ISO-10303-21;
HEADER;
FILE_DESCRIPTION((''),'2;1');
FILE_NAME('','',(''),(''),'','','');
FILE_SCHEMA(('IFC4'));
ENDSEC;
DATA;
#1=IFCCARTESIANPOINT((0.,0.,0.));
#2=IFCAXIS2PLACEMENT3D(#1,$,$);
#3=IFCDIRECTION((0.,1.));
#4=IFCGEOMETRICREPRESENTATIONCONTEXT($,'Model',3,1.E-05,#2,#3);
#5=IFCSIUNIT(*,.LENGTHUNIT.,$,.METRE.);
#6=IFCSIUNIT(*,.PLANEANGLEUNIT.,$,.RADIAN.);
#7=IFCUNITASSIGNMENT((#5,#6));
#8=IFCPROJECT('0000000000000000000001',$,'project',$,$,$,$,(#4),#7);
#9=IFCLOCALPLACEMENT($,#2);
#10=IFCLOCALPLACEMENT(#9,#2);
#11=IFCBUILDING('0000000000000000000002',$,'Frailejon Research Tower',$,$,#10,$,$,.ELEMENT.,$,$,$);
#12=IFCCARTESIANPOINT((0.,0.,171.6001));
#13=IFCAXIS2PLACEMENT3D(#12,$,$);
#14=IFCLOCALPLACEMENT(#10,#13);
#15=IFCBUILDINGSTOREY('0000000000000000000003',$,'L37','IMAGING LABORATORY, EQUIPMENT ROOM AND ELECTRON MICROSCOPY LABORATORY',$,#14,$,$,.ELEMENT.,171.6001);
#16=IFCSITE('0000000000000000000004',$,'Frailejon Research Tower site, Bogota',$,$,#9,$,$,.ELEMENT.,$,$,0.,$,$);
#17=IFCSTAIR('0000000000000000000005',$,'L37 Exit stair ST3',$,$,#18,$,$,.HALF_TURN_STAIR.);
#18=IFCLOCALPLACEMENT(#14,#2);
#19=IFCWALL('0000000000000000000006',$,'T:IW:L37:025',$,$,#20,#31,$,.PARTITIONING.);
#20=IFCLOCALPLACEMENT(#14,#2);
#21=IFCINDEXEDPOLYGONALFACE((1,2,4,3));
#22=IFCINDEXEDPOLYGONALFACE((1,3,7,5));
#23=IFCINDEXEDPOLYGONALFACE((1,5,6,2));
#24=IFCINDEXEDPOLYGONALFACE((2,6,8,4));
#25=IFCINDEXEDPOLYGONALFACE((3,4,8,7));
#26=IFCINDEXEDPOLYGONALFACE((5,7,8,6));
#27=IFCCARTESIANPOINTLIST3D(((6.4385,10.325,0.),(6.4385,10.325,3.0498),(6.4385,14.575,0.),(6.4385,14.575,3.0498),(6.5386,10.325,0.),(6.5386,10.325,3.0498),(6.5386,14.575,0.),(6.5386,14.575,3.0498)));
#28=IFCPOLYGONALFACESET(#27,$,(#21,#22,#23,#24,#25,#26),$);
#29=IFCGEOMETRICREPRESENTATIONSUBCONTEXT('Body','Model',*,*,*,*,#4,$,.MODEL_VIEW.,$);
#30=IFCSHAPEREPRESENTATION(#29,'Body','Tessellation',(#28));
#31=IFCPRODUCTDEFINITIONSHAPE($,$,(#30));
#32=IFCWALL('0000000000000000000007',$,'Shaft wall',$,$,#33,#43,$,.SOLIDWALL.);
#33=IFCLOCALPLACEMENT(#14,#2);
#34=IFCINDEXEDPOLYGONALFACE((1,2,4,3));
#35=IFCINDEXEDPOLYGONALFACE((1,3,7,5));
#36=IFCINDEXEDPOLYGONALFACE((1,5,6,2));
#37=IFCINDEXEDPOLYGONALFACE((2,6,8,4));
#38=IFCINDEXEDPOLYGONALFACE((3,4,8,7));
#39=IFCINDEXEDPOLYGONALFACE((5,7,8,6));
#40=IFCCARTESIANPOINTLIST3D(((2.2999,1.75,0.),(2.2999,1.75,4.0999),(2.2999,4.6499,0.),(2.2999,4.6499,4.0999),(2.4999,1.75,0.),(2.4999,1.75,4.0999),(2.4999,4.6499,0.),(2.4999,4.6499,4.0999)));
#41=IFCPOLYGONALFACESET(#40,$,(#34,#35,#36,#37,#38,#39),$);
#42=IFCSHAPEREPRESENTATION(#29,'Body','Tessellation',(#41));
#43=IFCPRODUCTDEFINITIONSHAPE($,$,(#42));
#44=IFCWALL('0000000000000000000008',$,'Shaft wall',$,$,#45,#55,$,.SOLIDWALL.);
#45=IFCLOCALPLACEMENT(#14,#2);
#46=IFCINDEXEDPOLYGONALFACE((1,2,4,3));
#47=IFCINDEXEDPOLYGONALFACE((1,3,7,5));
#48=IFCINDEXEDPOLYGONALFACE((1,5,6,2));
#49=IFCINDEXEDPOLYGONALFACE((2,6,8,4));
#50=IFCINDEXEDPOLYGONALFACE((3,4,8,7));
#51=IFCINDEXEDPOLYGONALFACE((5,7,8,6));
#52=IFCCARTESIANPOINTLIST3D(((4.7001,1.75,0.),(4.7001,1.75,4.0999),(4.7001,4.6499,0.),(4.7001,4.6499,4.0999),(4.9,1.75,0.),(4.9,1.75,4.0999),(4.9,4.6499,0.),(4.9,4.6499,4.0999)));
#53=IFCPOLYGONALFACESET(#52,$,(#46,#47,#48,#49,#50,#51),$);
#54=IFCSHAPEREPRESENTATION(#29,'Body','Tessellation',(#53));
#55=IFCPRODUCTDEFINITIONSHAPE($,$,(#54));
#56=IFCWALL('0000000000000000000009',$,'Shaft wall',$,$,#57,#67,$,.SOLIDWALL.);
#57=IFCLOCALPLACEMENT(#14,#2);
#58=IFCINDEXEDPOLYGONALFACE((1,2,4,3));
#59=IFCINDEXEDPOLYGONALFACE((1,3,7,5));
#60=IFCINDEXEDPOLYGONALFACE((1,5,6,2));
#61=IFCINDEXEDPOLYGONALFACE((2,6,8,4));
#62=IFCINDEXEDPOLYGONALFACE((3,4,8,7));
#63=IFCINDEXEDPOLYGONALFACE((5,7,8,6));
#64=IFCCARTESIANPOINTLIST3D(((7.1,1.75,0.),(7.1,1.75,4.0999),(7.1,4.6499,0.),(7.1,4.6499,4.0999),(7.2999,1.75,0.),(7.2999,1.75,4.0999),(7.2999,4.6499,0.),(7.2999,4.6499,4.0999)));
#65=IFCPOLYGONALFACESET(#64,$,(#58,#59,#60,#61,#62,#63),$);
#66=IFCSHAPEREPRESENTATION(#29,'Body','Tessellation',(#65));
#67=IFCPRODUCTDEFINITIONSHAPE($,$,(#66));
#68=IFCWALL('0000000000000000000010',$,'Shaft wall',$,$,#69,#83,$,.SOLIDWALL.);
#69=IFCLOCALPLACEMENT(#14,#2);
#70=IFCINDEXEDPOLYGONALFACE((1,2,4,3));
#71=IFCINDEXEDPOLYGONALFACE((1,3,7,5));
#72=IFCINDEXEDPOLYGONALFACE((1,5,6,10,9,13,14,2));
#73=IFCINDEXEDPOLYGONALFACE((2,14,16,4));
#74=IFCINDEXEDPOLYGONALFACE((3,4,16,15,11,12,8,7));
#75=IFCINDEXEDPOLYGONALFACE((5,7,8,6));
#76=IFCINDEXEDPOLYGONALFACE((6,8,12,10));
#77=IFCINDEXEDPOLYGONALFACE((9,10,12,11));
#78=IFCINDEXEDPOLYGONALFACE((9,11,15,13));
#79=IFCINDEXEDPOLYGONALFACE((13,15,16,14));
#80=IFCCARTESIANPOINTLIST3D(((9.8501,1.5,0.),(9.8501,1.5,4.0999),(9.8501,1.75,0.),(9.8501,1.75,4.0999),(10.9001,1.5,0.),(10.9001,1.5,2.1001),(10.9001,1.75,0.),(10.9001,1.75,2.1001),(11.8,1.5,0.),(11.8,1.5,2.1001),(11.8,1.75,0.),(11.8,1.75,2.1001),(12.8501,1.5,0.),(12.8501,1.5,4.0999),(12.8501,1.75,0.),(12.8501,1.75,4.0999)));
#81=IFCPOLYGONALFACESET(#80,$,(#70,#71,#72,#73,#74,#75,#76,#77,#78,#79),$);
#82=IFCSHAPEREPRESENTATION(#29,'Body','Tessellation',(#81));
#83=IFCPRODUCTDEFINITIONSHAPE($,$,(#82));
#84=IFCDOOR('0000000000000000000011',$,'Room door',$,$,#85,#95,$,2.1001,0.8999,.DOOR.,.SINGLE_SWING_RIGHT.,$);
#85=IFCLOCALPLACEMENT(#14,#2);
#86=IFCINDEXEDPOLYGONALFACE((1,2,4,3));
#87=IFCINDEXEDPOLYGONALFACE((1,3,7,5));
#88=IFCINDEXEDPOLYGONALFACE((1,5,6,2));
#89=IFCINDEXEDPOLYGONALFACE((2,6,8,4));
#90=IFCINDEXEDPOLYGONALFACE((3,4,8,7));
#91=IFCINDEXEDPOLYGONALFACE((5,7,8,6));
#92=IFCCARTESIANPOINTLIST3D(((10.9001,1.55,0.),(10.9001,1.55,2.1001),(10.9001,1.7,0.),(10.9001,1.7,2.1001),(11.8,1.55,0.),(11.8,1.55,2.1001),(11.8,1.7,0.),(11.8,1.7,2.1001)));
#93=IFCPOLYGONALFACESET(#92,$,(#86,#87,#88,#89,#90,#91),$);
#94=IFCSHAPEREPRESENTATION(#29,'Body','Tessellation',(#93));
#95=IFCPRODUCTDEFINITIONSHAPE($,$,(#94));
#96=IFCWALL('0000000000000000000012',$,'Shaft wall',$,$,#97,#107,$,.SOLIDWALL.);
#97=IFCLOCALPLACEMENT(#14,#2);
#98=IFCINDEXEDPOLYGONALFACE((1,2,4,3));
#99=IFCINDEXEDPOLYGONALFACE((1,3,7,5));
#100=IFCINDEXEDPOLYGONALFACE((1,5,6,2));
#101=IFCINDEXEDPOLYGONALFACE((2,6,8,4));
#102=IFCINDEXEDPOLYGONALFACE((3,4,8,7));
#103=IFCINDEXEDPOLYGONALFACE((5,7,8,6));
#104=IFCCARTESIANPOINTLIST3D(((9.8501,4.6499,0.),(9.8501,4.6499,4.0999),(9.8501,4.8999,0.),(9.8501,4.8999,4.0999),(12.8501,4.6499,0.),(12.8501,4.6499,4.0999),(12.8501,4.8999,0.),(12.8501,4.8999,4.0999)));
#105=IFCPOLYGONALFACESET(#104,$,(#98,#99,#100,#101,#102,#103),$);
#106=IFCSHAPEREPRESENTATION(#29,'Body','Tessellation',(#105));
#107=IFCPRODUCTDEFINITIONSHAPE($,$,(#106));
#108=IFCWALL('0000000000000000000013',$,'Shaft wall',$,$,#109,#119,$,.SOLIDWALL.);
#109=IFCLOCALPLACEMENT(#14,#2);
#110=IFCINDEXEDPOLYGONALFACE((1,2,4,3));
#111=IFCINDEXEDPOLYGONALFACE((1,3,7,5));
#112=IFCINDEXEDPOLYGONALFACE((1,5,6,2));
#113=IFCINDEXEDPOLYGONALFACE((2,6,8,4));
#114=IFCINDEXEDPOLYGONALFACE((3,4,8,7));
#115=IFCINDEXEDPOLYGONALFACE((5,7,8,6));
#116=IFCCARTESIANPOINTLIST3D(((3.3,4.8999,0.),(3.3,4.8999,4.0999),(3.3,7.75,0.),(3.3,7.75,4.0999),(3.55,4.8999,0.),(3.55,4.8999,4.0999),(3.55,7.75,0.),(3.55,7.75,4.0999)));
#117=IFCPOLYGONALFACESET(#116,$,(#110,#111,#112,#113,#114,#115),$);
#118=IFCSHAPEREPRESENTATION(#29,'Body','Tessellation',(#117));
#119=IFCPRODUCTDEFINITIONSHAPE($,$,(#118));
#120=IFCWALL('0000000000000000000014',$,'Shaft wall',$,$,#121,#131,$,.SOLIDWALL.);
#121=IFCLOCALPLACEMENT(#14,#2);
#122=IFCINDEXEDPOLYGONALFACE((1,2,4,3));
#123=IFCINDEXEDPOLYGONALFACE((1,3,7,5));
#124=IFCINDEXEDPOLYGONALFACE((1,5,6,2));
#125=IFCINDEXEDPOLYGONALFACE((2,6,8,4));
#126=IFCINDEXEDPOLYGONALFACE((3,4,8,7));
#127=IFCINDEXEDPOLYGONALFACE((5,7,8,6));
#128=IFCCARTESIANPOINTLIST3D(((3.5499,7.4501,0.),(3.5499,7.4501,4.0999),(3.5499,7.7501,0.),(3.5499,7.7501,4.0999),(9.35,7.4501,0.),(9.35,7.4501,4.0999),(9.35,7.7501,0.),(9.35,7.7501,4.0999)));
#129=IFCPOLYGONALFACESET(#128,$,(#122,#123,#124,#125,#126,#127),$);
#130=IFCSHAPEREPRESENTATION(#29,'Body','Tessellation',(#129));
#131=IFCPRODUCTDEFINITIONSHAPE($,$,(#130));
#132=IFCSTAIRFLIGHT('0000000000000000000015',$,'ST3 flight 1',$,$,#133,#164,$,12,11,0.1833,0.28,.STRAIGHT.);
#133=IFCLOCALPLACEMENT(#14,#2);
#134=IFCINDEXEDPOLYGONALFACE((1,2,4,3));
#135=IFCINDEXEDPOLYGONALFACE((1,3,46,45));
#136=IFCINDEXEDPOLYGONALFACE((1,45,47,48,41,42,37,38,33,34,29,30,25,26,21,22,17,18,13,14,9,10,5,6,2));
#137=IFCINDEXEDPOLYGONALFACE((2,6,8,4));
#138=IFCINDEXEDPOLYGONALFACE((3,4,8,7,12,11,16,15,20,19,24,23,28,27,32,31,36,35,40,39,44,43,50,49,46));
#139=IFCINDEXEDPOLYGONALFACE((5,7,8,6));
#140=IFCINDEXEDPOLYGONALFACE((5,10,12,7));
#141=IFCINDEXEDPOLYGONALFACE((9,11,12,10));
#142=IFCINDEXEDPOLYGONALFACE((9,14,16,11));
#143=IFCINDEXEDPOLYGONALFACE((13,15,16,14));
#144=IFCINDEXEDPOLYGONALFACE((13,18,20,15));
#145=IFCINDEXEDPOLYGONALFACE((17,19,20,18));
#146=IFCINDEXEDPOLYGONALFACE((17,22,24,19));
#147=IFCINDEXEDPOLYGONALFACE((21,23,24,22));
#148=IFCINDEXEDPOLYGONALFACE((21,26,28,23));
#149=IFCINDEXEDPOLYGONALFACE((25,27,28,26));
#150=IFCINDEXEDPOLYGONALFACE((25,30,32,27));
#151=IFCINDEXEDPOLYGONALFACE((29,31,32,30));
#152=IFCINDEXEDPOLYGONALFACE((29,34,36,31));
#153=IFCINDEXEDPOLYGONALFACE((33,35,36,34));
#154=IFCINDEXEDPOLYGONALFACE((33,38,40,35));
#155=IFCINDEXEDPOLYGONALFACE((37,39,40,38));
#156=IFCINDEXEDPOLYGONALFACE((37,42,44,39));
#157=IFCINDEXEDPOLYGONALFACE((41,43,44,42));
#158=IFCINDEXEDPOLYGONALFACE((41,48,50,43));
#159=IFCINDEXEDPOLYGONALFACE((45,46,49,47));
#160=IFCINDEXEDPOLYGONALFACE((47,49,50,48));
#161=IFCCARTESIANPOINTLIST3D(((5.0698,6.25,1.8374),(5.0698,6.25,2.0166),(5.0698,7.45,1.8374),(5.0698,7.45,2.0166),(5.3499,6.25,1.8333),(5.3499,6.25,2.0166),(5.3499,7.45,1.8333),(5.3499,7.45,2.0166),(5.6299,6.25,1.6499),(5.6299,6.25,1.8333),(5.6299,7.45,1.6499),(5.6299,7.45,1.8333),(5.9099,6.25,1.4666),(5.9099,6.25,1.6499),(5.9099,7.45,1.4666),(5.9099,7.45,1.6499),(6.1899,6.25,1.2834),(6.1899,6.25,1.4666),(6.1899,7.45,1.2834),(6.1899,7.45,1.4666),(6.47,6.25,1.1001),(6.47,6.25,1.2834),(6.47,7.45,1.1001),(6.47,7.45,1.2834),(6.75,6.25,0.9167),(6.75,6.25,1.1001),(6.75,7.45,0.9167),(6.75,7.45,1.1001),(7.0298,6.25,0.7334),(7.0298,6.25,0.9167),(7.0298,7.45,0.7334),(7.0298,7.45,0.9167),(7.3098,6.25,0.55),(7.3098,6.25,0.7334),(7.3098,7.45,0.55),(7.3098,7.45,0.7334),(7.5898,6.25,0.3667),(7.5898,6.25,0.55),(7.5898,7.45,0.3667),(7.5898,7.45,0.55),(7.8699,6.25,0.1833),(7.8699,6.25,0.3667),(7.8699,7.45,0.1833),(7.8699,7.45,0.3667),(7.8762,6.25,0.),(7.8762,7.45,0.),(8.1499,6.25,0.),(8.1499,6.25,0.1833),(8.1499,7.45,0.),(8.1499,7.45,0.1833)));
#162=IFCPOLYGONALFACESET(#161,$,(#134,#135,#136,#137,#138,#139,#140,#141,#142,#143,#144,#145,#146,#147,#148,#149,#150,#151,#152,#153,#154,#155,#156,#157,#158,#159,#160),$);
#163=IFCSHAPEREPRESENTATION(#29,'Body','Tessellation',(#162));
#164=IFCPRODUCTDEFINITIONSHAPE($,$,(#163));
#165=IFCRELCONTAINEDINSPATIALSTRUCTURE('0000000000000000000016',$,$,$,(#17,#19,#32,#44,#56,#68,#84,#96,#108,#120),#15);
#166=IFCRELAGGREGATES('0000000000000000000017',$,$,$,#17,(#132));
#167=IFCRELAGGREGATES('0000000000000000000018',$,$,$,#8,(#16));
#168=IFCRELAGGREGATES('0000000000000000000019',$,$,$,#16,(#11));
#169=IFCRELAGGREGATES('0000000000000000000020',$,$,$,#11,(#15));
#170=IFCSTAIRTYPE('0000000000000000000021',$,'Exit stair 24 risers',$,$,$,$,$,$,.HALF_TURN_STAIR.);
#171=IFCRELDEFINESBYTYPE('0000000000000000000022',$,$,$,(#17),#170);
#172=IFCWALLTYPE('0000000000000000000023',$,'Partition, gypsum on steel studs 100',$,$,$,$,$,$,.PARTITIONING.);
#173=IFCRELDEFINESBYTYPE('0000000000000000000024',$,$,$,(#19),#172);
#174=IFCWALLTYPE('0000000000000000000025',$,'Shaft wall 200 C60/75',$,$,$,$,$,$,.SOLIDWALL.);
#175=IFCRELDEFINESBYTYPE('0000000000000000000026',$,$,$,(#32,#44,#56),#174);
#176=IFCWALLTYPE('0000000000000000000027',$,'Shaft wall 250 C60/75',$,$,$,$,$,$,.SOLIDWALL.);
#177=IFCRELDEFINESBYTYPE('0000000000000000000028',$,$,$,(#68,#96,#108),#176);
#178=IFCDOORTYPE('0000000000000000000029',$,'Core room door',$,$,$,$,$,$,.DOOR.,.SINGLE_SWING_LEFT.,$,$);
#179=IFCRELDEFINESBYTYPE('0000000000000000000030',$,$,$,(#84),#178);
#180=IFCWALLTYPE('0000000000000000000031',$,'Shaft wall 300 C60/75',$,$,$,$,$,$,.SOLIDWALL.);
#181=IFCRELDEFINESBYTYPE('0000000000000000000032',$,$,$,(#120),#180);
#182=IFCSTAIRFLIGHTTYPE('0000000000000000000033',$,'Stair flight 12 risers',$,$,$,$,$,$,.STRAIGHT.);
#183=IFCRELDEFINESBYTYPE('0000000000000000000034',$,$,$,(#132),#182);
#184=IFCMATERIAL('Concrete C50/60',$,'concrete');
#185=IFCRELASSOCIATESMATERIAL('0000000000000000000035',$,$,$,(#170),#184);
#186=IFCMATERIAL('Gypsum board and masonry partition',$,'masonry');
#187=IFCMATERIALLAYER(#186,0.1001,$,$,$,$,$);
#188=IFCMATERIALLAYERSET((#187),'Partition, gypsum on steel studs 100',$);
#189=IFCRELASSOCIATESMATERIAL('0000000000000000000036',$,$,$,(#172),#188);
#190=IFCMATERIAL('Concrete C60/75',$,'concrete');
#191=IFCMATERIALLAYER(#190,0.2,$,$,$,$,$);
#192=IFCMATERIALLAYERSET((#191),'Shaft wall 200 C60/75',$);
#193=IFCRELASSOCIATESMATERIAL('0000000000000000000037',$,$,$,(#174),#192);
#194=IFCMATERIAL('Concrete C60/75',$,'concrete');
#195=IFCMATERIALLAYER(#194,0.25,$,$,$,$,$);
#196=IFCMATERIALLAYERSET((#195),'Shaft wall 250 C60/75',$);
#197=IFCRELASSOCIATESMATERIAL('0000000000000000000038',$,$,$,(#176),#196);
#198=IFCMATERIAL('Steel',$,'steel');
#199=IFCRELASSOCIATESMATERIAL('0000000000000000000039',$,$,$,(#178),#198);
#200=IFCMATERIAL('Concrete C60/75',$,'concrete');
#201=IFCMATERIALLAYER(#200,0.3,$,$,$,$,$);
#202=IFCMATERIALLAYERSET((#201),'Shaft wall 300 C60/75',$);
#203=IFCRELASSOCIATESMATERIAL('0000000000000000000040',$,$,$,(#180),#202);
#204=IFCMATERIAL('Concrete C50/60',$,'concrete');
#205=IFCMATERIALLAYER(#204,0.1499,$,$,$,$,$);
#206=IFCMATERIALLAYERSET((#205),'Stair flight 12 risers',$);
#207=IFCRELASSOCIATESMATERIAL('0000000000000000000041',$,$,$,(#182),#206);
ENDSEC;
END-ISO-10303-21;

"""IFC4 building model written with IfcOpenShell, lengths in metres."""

from ifc_helpers import new_model, si_unit, direction, frame, frame_2d, origin, place, context, subcontext, project, spatial, polyline, rectangle, outline, extrude, material, layer, layer_set, type_object, element, fill, aggregate, save


model = new_model("IFC4")

# Units and contexts
model_context = context("Model", 3, precision=1e-05, world=origin(), true_north=direction((0.0, 1.0)))
body_context = subcontext(model_context, "Body", "Model", "MODEL_VIEW")
ifc_project = project(units=[si_unit("LENGTHUNIT", "METRE"), si_unit("PLANEANGLEUNIT", "RADIAN")], contexts=[model_context])

# Site, building, storey
site_placement = place(None, origin())
site = spatial("IfcSite", under=ifc_project, at=site_placement, Name="Frailejon Research Tower site, Bogota", CompositionType="ELEMENT", RefElevation=0.0)
building_placement = place(site_placement, origin())
building = spatial("IfcBuilding", under=site, at=building_placement, Name="Frailejon Research Tower", CompositionType="ELEMENT")
storey_placement = place(building_placement, frame((0.0, 0.0, 171.6001)))
storey = spatial("IfcBuildingStorey", under=building, at=storey_placement, Name="L37", Description="IMAGING LABORATORY, EQUIPMENT ROOM AND ELECTRON MICROSCOPY LABORATORY", CompositionType="ELEMENT", Elevation=171.6001)

# Stair
ifc_material_1 = material(Name="Concrete C50/60", Category="concrete")
stair_type = type_object("IfcStairType", Name="Exit stair 24 risers", PredefinedType="HALF_TURN_STAIR", material=ifc_material_1)
stair_1_placement = place(storey_placement, origin())
stair_1 = element("IfcStair", 1, at=stair_1_placement, inside=storey, type_object=stair_type, Name="L37 Exit stair ST3", PredefinedType="HALF_TURN_STAIR")

# Walls
ifc_material_2 = material(Name="Gypsum board and masonry partition", Category="masonry")
ifc_layer_1 = layer(ifc_material_2, 0.1001)
ifc_layer_set_1 = layer_set([ifc_layer_1], Name="Partition, gypsum on steel studs 100")
wall_type_1 = type_object("IfcWallType", Name="Partition, gypsum on steel studs 100", PredefinedType="PARTITIONING", material=ifc_layer_set_1)
wall_1_placement = place(storey_placement, frame((6.4885, 10.325, 0.0), z_axis=(0.0, 0.0, 1.0), x_axis=(0.0, 1.0, 0.0)))
element("IfcWall", 2, at=wall_1_placement, inside=storey, type_object=wall_type_1, Name="T:IW:L37:025", PredefinedType="PARTITIONING", context=body_context, shape_type="SweptSolid", body=[
    extrude(rectangle(XDim=4.25, YDim=0.1001, at=frame_2d((2.125, 0.0))), origin(), (0.0, 0.0, 1.0), 3.0498),
])
ifc_material_3 = material(Name="Concrete C60/75", Category="concrete")
ifc_layer_2 = layer(ifc_material_3, 0.2)
ifc_layer_set_2 = layer_set([ifc_layer_2], Name="Shaft wall 200 C60/75")
wall_type_2 = type_object("IfcWallType", Name="Shaft wall 200 C60/75", PredefinedType="SOLIDWALL", material=ifc_layer_set_2)
for number, where, z_axis, x_axis, name in (
    (3, (2.3999, 1.75, 0.0), (0.0, 0.0, 1.0), (0.0, 1.0, 0.0), "Shaft wall"),
    (4, (4.8, 1.75, 0.0), (0.0, 0.0, 1.0), (0.0, 1.0, 0.0), "Shaft wall"),
    (5, (7.2, 1.75, 0.0), (0.0, 0.0, 1.0), (0.0, 1.0, 0.0), "Shaft wall"),
):
    element("IfcWall", number, at=place(storey_placement, frame(where, z_axis=z_axis, x_axis=x_axis)), inside=storey, type_object=wall_type_2, Name=name, PredefinedType="SOLIDWALL", context=body_context, shape_type="SweptSolid", body=[
        extrude(rectangle(XDim=2.8999, YDim=0.2, at=frame_2d((1.45, 0.0))), origin(), (0.0, 0.0, 1.0), 4.0999),
    ])

# Wall, opening, door
ifc_material_4 = material(Name="Concrete C60/75", Category="concrete")
ifc_layer_3 = layer(ifc_material_4, 0.25)
ifc_layer_set_3 = layer_set([ifc_layer_3], Name="Shaft wall 250 C60/75")
wall_type_3 = type_object("IfcWallType", Name="Shaft wall 250 C60/75", PredefinedType="SOLIDWALL", material=ifc_layer_set_3)
wall_2_placement = place(storey_placement, frame((9.8501, 1.625, 0.0), z_axis=(0.0, 0.0, 1.0), x_axis=(1.0, 0.0, 0.0)))
wall_2 = element("IfcWall", 6, at=wall_2_placement, inside=storey, type_object=wall_type_3, Name="Shaft wall", PredefinedType="SOLIDWALL", context=body_context, shape_type="SweptSolid", body=[
    extrude(rectangle(XDim=3.0, YDim=0.25, at=frame_2d((1.5, 0.0))), origin(), (0.0, 0.0, 1.0), 4.0999),
])
opening_1_placement = place(wall_2_placement, frame((1.05, 0.0, 0.0)))
opening_1 = element("IfcOpeningElement", 7, at=opening_1_placement, cuts=wall_2, PredefinedType="OPENING", context=body_context, shape_type="SweptSolid", body=[
    extrude(rectangle(XDim=0.8999, YDim=2.1001, at=frame_2d((0.45, 1.05))), frame((0.0, 0.135, 0.0), z_axis=(0.0, -1.0, 0.0), x_axis=(1.0, 0.0, 0.0)), (0.0, 0.0, 1.0), 0.27),
])
ifc_material_5 = material(Name="Steel", Category="steel")
door_type_1 = type_object("IfcDoorType", Name="Core room door", OperationType="SINGLE_SWING_LEFT", PredefinedType="DOOR", material=ifc_material_5)
door_1_placement = place(opening_1_placement, origin())
door_1 = element("IfcDoor", 8, at=door_1_placement, inside=storey, type_object=door_type_1, Name="Room door", OperationType="SINGLE_SWING_RIGHT", OverallHeight=2.1001, OverallWidth=0.8999, PredefinedType="DOOR", context=body_context, shape_type="SweptSolid", body=[
    extrude(rectangle(XDim=0.8999, YDim=2.1001, at=frame_2d((0.45, 1.05))), frame((0.0, 0.075, 0.0), z_axis=(0.0, -1.0, 0.0), x_axis=(1.0, 0.0, 0.0)), (0.0, 0.0, 1.0), 0.1499),
])
fill(opening_1, door_1)

# Walls
wall_3_placement = place(storey_placement, frame((9.8501, 4.7749, 0.0), z_axis=(0.0, 0.0, 1.0), x_axis=(1.0, 0.0, 0.0)))
element("IfcWall", 9, at=wall_3_placement, inside=storey, type_object=wall_type_3, Name="Shaft wall", PredefinedType="SOLIDWALL", context=body_context, shape_type="SweptSolid", body=[
    extrude(rectangle(XDim=3.0, YDim=0.25, at=frame_2d((1.5, 0.0))), origin(), (0.0, 0.0, 1.0), 4.0999),
])
wall_4_placement = place(storey_placement, frame((3.425, 4.8999, 0.0), z_axis=(0.0, 0.0, 1.0), x_axis=(0.0, 1.0, 0.0)))
element("IfcWall", 10, at=wall_4_placement, inside=storey, type_object=wall_type_3, Name="Shaft wall", PredefinedType="SOLIDWALL", context=body_context, shape_type="SweptSolid", body=[
    extrude(rectangle(XDim=2.8501, YDim=0.25, at=frame_2d((1.425, 0.0))), origin(), (0.0, 0.0, 1.0), 4.0999),
])
ifc_material_6 = material(Name="Concrete C60/75", Category="concrete")
ifc_layer_4 = layer(ifc_material_6, 0.3)
ifc_layer_set_4 = layer_set([ifc_layer_4], Name="Shaft wall 300 C60/75")
wall_type_4 = type_object("IfcWallType", Name="Shaft wall 300 C60/75", PredefinedType="SOLIDWALL", material=ifc_layer_set_4)
wall_5_placement = place(storey_placement, frame((3.55, 7.6001, 0.0), z_axis=(0.0, 0.0, 1.0), x_axis=(1.0, 0.0, 0.0)))
element("IfcWall", 11, at=wall_5_placement, inside=storey, type_object=wall_type_4, Name="Shaft wall", PredefinedType="SOLIDWALL", context=body_context, shape_type="SweptSolid", body=[
    extrude(rectangle(XDim=5.8, YDim=0.3, at=frame_2d((2.8999, 0.0))), origin(), (0.0, 0.0, 1.0), 4.0999),
])

# Stair flight
ifc_material_7 = material(Name="Concrete C50/60", Category="concrete")
ifc_layer_5 = layer(ifc_material_7, 0.1499)
ifc_layer_set_5 = layer_set([ifc_layer_5], Name="Stair flight 12 risers")
stair_flight_type = type_object("IfcStairFlightType", Name="Stair flight 12 risers", PredefinedType="STRAIGHT", material=ifc_layer_set_5)
stair_flight_1_placement = place(storey_placement, frame((8.1499, 6.8501, 0.0), z_axis=(0.0, 0.0, 1.0), x_axis=(-1.0, 0.0, 0.0)))
stair_flight_1 = element("IfcStairFlight", 12, at=stair_flight_1_placement, type_object=stair_flight_type, Name="ST3 flight 1", NumberOfRisers=12, NumberOfTreads=11, PredefinedType="STRAIGHT", RiserHeight=0.1833, TreadLength=0.28, context=body_context, shape_type="SweptSolid", body=[
    extrude(outline(polyline([(0.0, 0.0), (0.0, 0.1833), (0.28, 0.1833), (0.28, 0.3667), (0.5601, 0.3667), (0.5601, 0.55), (0.8401, 0.55), (0.8401, 0.7334), (1.1201, 0.7334), (1.1201, 0.9167), (1.3999, 0.9167), (1.3999, 1.1001), (1.6799, 1.1001), (1.6799, 1.2834), (1.96, 1.2834), (1.96, 1.4666), (2.24, 1.4666), (2.24, 1.6499), (2.52, 1.6499), (2.52, 1.8333), (2.8, 1.8333), (2.8, 2.0166), (3.0801, 2.0166), (3.0801, 2.2), (3.0801, 1.8374), (0.2737, 0.0), (0.0, 0.0)])), frame((0.0, 0.6001, 0.0), z_axis=(0.0, -1.0, 0.0), x_axis=(1.0, 0.0, 0.0)), (0.0, 0.0, 1.0), 1.2),
])
aggregate(stair_1, [stair_flight_1])

save(model, "model.ifc")
